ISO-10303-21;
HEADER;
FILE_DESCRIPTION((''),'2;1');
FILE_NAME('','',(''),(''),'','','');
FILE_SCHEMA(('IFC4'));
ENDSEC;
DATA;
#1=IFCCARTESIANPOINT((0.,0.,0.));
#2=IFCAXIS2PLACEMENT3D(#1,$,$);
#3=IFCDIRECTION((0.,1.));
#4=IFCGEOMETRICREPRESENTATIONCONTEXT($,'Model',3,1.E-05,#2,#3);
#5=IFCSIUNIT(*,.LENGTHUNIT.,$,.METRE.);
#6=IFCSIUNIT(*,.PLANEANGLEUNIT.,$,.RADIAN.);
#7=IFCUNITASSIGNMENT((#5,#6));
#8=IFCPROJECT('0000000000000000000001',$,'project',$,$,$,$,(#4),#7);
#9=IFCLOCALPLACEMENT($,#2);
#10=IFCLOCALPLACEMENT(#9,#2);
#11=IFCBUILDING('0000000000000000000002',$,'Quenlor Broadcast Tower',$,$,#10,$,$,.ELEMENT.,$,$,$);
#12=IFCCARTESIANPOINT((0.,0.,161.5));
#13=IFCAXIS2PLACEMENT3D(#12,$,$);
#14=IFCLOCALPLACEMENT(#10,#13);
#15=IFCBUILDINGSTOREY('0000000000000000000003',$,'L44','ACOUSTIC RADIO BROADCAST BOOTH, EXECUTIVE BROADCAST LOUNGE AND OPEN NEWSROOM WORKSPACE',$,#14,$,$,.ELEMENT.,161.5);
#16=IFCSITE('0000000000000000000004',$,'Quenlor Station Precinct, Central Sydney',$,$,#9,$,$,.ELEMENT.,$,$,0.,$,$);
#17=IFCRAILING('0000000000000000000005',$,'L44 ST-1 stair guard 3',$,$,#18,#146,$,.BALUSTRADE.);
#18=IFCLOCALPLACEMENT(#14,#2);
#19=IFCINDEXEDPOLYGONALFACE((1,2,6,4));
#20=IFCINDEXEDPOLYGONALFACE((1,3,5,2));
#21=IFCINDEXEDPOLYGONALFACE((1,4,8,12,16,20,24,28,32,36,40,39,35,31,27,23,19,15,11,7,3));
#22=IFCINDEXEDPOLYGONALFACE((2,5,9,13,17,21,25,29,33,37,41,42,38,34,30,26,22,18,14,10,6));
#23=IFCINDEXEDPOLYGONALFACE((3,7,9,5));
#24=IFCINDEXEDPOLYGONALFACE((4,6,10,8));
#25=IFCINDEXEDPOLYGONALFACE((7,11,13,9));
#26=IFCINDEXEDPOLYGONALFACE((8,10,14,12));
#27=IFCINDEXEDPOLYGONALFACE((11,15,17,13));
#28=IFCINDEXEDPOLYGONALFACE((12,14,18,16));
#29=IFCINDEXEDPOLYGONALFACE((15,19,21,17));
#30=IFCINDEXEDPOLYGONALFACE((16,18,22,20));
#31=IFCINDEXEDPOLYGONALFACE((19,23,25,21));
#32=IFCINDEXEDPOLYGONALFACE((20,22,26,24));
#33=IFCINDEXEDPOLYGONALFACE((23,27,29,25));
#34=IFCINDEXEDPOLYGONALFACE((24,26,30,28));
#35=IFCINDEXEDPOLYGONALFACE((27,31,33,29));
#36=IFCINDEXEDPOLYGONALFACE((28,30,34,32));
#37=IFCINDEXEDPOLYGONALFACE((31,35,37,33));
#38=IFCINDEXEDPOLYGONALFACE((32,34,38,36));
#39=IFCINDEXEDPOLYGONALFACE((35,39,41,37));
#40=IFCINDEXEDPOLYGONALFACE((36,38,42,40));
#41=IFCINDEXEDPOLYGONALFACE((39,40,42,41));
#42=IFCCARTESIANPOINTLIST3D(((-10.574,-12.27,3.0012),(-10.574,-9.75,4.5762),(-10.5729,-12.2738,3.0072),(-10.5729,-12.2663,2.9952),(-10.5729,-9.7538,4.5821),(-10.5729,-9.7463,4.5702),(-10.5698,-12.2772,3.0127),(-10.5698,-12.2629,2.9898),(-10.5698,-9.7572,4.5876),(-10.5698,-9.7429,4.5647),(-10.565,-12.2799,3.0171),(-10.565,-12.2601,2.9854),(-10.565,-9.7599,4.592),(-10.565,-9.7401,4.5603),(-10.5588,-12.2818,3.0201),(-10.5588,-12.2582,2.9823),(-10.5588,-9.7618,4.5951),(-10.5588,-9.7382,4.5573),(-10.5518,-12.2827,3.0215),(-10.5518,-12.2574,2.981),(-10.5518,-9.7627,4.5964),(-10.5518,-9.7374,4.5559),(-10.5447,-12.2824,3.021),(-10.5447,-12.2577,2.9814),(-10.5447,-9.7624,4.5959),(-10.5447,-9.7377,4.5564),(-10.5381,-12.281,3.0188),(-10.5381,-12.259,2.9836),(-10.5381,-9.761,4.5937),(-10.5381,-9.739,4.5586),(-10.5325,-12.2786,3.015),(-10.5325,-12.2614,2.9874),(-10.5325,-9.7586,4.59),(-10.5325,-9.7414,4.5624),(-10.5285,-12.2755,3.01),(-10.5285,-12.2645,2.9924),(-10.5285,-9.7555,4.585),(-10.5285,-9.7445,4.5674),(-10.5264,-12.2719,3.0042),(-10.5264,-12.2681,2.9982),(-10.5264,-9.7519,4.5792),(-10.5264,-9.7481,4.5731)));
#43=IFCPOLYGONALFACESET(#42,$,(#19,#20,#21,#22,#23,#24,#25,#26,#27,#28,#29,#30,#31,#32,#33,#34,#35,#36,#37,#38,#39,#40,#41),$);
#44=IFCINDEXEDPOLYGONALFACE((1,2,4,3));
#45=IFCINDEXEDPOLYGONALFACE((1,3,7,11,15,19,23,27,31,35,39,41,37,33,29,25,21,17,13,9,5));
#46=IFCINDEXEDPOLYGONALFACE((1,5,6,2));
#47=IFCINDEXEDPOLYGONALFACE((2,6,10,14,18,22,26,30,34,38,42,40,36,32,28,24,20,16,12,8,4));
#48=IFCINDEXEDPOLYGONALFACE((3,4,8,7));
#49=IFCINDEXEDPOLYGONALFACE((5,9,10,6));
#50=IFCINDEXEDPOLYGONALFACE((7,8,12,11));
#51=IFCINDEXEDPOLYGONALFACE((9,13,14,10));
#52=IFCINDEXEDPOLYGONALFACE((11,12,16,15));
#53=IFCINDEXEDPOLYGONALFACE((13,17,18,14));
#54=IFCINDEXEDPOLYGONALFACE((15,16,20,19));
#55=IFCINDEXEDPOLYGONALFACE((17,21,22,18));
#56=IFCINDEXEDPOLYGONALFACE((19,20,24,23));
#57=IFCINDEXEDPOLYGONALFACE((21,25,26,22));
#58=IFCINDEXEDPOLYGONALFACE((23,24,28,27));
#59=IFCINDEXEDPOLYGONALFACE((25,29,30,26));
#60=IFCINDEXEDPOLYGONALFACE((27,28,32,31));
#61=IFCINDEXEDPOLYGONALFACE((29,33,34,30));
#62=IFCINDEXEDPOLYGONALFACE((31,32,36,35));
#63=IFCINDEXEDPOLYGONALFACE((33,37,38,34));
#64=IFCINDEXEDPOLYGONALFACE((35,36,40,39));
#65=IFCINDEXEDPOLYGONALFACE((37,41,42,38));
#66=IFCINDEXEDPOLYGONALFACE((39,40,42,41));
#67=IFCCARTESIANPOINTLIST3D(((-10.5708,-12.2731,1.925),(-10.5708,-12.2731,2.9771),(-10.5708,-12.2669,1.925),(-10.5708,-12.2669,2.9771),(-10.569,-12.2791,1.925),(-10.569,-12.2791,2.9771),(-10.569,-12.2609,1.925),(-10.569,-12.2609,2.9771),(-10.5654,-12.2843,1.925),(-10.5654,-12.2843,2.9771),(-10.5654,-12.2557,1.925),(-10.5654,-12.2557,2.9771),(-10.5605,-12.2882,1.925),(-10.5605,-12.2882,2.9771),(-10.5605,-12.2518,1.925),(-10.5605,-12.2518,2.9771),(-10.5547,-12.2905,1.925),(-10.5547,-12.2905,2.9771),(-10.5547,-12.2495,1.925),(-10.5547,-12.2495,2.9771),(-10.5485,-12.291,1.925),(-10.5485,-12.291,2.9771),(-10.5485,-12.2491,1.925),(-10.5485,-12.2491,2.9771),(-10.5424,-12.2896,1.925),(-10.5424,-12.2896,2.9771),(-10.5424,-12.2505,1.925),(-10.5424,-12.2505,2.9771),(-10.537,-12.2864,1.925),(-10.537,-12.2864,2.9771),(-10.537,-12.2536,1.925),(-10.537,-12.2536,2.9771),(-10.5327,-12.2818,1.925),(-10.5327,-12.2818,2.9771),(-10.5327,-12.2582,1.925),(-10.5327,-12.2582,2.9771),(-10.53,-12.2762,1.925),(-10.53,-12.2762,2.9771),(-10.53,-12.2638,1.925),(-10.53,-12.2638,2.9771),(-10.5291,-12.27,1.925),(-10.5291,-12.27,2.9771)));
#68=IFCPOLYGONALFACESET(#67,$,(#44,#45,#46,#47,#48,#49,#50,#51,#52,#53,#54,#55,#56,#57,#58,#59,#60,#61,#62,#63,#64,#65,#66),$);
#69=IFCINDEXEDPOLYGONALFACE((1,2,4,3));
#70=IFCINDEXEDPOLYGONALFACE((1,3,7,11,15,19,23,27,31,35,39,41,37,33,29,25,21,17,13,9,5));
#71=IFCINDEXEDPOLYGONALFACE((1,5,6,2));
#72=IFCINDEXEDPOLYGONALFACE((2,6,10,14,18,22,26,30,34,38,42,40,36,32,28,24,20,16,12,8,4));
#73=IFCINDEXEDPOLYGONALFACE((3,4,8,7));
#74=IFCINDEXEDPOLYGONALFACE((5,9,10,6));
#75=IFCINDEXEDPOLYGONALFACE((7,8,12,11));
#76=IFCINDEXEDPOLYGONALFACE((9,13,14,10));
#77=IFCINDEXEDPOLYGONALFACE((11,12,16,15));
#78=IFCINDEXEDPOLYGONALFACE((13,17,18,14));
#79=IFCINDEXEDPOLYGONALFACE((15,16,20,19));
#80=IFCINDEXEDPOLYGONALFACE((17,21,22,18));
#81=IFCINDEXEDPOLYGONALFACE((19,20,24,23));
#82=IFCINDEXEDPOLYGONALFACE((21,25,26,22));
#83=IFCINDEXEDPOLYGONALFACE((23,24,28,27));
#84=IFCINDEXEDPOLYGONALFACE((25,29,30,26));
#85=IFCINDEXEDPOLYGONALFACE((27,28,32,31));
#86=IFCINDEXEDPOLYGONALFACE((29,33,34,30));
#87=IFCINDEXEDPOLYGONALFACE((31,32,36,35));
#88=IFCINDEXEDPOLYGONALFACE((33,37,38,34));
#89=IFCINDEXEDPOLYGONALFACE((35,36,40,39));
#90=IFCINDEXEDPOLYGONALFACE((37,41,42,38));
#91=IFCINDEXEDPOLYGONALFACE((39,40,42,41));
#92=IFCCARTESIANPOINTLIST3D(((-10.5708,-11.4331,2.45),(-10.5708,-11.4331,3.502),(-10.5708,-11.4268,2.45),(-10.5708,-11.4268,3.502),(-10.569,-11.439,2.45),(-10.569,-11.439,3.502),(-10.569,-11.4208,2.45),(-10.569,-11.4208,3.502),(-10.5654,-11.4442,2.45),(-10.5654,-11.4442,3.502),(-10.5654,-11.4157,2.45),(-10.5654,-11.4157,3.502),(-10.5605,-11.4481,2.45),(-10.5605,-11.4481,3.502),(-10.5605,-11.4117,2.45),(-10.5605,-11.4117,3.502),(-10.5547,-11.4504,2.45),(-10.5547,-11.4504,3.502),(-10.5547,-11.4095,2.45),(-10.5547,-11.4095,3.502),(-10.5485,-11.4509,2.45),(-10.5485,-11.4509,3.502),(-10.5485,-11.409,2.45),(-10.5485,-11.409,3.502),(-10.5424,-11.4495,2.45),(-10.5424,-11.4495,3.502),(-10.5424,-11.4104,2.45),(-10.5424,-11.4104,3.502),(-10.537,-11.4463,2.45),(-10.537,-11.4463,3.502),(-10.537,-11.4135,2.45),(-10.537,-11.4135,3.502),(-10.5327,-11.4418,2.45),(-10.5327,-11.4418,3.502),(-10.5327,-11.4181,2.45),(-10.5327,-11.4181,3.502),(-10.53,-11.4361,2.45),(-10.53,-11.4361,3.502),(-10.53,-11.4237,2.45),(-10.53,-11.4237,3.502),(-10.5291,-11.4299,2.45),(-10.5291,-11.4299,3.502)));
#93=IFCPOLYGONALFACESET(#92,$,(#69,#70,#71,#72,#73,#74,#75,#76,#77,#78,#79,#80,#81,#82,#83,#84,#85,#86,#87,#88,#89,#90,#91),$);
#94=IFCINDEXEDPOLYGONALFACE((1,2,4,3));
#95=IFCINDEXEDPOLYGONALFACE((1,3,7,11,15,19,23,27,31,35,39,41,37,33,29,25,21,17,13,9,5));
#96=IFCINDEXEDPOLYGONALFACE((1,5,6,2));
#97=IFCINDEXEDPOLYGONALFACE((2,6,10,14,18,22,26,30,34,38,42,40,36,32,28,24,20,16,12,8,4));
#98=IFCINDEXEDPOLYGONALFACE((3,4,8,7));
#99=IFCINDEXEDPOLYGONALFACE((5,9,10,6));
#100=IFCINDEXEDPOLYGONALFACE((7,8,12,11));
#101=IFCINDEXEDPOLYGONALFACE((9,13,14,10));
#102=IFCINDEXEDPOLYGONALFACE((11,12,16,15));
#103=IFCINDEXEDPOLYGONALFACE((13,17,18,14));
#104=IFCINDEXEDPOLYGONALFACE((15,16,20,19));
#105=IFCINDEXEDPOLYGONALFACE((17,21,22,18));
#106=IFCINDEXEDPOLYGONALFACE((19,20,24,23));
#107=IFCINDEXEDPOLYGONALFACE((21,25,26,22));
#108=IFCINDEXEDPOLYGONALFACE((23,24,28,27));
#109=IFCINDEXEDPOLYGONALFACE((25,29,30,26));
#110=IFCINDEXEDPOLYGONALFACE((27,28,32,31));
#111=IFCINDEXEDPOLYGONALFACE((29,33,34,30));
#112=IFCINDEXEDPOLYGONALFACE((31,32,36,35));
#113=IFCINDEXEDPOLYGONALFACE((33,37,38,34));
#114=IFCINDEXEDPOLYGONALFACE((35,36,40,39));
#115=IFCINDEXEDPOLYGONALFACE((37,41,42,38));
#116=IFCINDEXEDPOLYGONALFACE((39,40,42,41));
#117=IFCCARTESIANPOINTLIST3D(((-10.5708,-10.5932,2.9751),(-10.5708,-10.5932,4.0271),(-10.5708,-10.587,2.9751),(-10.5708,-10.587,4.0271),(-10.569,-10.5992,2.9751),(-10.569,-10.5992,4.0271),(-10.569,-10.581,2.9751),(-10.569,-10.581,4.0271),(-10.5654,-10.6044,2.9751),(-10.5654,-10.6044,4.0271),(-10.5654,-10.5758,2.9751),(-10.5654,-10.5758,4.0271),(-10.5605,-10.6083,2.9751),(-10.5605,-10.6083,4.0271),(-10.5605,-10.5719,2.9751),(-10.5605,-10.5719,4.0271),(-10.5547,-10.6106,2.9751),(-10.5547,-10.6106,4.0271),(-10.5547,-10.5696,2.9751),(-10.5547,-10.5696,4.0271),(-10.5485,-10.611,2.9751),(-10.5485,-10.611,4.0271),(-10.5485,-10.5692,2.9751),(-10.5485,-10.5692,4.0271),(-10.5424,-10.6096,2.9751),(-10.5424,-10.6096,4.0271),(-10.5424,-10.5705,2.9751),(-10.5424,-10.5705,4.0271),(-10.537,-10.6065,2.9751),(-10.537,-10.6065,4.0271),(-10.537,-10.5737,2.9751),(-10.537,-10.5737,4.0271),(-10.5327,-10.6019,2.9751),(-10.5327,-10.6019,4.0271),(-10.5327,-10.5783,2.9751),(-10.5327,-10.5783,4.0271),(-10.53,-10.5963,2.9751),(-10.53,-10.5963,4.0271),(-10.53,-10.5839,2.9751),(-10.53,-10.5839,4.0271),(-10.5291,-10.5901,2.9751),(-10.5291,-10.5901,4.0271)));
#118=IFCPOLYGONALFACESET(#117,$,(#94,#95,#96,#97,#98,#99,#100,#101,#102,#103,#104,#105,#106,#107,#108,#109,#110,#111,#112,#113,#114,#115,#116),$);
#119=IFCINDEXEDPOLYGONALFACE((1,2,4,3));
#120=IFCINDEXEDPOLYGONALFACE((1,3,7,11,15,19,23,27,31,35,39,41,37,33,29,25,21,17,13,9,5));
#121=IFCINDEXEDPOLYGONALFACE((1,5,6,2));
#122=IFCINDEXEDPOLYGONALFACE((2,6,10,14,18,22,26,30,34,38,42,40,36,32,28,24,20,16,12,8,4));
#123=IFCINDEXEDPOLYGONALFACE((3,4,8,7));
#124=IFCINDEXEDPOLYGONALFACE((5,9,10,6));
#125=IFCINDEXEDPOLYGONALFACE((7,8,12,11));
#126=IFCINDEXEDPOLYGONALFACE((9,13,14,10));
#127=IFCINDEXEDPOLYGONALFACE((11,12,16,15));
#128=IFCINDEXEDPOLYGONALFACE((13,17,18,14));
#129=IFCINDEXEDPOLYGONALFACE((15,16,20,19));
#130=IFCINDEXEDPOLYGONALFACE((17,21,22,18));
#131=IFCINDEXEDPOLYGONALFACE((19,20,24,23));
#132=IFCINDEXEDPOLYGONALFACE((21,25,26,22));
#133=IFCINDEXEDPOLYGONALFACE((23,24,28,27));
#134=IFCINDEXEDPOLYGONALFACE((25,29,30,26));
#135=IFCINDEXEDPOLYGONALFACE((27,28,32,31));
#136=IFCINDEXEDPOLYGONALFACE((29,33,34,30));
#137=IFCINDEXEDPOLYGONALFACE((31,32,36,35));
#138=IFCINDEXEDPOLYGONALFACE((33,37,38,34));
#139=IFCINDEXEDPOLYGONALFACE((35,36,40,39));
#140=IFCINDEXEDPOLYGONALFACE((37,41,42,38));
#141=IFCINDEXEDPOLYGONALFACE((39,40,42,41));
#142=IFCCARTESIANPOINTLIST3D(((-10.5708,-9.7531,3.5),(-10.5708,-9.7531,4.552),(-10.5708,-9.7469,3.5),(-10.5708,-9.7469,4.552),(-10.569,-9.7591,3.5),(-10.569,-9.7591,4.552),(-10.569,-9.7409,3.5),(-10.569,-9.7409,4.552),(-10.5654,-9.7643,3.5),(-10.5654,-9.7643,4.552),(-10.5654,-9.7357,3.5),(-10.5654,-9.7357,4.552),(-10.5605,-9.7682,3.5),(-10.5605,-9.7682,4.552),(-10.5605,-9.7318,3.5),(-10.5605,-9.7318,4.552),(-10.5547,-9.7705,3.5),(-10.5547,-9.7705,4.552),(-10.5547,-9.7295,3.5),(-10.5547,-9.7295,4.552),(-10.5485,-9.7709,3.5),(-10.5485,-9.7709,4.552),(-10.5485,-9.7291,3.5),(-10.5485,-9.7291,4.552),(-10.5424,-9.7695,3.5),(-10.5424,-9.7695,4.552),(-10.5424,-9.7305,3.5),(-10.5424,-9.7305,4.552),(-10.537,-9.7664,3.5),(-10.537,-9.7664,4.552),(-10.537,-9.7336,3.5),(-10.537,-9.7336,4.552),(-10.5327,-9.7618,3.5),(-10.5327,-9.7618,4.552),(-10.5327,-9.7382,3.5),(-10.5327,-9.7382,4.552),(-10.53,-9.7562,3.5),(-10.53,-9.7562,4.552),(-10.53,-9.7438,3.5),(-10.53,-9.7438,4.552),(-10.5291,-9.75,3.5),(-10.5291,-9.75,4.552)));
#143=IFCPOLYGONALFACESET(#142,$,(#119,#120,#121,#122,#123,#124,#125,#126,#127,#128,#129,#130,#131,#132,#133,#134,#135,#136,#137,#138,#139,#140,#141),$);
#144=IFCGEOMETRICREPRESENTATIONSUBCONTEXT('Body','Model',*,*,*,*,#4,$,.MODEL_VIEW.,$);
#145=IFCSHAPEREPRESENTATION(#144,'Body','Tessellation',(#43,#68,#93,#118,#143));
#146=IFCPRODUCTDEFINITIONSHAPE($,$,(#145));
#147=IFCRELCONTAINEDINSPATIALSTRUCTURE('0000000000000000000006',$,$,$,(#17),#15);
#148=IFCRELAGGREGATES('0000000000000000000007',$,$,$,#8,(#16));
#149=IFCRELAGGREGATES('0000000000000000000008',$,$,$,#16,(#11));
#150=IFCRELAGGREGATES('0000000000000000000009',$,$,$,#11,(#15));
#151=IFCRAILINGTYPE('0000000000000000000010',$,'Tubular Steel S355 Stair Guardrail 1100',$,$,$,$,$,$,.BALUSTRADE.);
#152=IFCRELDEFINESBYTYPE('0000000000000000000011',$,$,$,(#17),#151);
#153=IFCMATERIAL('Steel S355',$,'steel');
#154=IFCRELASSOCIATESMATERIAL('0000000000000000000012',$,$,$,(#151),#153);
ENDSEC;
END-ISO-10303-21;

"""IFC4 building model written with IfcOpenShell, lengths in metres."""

from ifc_helpers import new_model, si_unit, direction, frame, origin, origin_2d, place, context, subcontext, project, spatial, circle, extrude, material, type_object, element, save


model = new_model("IFC4")

# Units and contexts
model_context = context("Model", 3, precision=1e-05, world=origin(), true_north=direction((0.0, 1.0)))
body_context = subcontext(model_context, "Body", "Model", "MODEL_VIEW")
ifc_project = project(units=[si_unit("LENGTHUNIT", "METRE"), si_unit("PLANEANGLEUNIT", "RADIAN")], contexts=[model_context])

# Site, building, storey
site_placement = place(None, origin())
site = spatial("IfcSite", under=ifc_project, at=site_placement, Name="Quenlor Station Precinct, Central Sydney", CompositionType="ELEMENT", RefElevation=0.0)
building_placement = place(site_placement, origin())
building = spatial("IfcBuilding", under=site, at=building_placement, Name="Quenlor Broadcast Tower", CompositionType="ELEMENT")
storey_placement = place(building_placement, frame((0.0, 0.0, 161.5)))
storey = spatial("IfcBuildingStorey", under=building, at=storey_placement, Name="L44", Description="ACOUSTIC RADIO BROADCAST BOOTH, EXECUTIVE BROADCAST LOUNGE AND OPEN NEWSROOM WORKSPACE", CompositionType="ELEMENT", Elevation=161.5)

# Railing
ifc_material_1 = material(Name="Steel S355", Category="steel")
railing_type = type_object("IfcRailingType", Name="Tubular Steel S355 Stair Guardrail 1100", PredefinedType="BALUSTRADE", material=ifc_material_1)
railing_1_placement = place(storey_placement, frame((-10.55, -12.27, 1.925)))
element("IfcRailing", 1, at=railing_1_placement, inside=storey, type_object=railing_type, Name="L44 ST-1 stair guard 3", PredefinedType="BALUSTRADE", context=body_context, shape_type="SweptSolid", body=[
    extrude(circle(Radius=0.0239, at=origin_2d()), frame((0.0, 0.0, 1.0762), z_axis=(0.0, 0.848008, 0.529984), x_axis=(-1.0, 0.0, 0.0)), (0.0, 0.0, 1.0), 2.9717),
    extrude(circle(Radius=0.021, at=origin_2d()), origin(), (0.0, 0.0, 1.0), 1.052),
    extrude(circle(Radius=0.021, at=origin_2d()), frame((0.0, 0.8401, 0.5249)), (0.0, 0.0, 1.0), 1.052),
    extrude(circle(Radius=0.021, at=origin_2d()), frame((0.0, 1.6799, 1.05)), (0.0, 0.0, 1.0), 1.052),
    extrude(circle(Radius=0.021, at=origin_2d()), frame((0.0, 2.52, 1.575)), (0.0, 0.0, 1.0), 1.052),
])

save(model, "model.ifc")
